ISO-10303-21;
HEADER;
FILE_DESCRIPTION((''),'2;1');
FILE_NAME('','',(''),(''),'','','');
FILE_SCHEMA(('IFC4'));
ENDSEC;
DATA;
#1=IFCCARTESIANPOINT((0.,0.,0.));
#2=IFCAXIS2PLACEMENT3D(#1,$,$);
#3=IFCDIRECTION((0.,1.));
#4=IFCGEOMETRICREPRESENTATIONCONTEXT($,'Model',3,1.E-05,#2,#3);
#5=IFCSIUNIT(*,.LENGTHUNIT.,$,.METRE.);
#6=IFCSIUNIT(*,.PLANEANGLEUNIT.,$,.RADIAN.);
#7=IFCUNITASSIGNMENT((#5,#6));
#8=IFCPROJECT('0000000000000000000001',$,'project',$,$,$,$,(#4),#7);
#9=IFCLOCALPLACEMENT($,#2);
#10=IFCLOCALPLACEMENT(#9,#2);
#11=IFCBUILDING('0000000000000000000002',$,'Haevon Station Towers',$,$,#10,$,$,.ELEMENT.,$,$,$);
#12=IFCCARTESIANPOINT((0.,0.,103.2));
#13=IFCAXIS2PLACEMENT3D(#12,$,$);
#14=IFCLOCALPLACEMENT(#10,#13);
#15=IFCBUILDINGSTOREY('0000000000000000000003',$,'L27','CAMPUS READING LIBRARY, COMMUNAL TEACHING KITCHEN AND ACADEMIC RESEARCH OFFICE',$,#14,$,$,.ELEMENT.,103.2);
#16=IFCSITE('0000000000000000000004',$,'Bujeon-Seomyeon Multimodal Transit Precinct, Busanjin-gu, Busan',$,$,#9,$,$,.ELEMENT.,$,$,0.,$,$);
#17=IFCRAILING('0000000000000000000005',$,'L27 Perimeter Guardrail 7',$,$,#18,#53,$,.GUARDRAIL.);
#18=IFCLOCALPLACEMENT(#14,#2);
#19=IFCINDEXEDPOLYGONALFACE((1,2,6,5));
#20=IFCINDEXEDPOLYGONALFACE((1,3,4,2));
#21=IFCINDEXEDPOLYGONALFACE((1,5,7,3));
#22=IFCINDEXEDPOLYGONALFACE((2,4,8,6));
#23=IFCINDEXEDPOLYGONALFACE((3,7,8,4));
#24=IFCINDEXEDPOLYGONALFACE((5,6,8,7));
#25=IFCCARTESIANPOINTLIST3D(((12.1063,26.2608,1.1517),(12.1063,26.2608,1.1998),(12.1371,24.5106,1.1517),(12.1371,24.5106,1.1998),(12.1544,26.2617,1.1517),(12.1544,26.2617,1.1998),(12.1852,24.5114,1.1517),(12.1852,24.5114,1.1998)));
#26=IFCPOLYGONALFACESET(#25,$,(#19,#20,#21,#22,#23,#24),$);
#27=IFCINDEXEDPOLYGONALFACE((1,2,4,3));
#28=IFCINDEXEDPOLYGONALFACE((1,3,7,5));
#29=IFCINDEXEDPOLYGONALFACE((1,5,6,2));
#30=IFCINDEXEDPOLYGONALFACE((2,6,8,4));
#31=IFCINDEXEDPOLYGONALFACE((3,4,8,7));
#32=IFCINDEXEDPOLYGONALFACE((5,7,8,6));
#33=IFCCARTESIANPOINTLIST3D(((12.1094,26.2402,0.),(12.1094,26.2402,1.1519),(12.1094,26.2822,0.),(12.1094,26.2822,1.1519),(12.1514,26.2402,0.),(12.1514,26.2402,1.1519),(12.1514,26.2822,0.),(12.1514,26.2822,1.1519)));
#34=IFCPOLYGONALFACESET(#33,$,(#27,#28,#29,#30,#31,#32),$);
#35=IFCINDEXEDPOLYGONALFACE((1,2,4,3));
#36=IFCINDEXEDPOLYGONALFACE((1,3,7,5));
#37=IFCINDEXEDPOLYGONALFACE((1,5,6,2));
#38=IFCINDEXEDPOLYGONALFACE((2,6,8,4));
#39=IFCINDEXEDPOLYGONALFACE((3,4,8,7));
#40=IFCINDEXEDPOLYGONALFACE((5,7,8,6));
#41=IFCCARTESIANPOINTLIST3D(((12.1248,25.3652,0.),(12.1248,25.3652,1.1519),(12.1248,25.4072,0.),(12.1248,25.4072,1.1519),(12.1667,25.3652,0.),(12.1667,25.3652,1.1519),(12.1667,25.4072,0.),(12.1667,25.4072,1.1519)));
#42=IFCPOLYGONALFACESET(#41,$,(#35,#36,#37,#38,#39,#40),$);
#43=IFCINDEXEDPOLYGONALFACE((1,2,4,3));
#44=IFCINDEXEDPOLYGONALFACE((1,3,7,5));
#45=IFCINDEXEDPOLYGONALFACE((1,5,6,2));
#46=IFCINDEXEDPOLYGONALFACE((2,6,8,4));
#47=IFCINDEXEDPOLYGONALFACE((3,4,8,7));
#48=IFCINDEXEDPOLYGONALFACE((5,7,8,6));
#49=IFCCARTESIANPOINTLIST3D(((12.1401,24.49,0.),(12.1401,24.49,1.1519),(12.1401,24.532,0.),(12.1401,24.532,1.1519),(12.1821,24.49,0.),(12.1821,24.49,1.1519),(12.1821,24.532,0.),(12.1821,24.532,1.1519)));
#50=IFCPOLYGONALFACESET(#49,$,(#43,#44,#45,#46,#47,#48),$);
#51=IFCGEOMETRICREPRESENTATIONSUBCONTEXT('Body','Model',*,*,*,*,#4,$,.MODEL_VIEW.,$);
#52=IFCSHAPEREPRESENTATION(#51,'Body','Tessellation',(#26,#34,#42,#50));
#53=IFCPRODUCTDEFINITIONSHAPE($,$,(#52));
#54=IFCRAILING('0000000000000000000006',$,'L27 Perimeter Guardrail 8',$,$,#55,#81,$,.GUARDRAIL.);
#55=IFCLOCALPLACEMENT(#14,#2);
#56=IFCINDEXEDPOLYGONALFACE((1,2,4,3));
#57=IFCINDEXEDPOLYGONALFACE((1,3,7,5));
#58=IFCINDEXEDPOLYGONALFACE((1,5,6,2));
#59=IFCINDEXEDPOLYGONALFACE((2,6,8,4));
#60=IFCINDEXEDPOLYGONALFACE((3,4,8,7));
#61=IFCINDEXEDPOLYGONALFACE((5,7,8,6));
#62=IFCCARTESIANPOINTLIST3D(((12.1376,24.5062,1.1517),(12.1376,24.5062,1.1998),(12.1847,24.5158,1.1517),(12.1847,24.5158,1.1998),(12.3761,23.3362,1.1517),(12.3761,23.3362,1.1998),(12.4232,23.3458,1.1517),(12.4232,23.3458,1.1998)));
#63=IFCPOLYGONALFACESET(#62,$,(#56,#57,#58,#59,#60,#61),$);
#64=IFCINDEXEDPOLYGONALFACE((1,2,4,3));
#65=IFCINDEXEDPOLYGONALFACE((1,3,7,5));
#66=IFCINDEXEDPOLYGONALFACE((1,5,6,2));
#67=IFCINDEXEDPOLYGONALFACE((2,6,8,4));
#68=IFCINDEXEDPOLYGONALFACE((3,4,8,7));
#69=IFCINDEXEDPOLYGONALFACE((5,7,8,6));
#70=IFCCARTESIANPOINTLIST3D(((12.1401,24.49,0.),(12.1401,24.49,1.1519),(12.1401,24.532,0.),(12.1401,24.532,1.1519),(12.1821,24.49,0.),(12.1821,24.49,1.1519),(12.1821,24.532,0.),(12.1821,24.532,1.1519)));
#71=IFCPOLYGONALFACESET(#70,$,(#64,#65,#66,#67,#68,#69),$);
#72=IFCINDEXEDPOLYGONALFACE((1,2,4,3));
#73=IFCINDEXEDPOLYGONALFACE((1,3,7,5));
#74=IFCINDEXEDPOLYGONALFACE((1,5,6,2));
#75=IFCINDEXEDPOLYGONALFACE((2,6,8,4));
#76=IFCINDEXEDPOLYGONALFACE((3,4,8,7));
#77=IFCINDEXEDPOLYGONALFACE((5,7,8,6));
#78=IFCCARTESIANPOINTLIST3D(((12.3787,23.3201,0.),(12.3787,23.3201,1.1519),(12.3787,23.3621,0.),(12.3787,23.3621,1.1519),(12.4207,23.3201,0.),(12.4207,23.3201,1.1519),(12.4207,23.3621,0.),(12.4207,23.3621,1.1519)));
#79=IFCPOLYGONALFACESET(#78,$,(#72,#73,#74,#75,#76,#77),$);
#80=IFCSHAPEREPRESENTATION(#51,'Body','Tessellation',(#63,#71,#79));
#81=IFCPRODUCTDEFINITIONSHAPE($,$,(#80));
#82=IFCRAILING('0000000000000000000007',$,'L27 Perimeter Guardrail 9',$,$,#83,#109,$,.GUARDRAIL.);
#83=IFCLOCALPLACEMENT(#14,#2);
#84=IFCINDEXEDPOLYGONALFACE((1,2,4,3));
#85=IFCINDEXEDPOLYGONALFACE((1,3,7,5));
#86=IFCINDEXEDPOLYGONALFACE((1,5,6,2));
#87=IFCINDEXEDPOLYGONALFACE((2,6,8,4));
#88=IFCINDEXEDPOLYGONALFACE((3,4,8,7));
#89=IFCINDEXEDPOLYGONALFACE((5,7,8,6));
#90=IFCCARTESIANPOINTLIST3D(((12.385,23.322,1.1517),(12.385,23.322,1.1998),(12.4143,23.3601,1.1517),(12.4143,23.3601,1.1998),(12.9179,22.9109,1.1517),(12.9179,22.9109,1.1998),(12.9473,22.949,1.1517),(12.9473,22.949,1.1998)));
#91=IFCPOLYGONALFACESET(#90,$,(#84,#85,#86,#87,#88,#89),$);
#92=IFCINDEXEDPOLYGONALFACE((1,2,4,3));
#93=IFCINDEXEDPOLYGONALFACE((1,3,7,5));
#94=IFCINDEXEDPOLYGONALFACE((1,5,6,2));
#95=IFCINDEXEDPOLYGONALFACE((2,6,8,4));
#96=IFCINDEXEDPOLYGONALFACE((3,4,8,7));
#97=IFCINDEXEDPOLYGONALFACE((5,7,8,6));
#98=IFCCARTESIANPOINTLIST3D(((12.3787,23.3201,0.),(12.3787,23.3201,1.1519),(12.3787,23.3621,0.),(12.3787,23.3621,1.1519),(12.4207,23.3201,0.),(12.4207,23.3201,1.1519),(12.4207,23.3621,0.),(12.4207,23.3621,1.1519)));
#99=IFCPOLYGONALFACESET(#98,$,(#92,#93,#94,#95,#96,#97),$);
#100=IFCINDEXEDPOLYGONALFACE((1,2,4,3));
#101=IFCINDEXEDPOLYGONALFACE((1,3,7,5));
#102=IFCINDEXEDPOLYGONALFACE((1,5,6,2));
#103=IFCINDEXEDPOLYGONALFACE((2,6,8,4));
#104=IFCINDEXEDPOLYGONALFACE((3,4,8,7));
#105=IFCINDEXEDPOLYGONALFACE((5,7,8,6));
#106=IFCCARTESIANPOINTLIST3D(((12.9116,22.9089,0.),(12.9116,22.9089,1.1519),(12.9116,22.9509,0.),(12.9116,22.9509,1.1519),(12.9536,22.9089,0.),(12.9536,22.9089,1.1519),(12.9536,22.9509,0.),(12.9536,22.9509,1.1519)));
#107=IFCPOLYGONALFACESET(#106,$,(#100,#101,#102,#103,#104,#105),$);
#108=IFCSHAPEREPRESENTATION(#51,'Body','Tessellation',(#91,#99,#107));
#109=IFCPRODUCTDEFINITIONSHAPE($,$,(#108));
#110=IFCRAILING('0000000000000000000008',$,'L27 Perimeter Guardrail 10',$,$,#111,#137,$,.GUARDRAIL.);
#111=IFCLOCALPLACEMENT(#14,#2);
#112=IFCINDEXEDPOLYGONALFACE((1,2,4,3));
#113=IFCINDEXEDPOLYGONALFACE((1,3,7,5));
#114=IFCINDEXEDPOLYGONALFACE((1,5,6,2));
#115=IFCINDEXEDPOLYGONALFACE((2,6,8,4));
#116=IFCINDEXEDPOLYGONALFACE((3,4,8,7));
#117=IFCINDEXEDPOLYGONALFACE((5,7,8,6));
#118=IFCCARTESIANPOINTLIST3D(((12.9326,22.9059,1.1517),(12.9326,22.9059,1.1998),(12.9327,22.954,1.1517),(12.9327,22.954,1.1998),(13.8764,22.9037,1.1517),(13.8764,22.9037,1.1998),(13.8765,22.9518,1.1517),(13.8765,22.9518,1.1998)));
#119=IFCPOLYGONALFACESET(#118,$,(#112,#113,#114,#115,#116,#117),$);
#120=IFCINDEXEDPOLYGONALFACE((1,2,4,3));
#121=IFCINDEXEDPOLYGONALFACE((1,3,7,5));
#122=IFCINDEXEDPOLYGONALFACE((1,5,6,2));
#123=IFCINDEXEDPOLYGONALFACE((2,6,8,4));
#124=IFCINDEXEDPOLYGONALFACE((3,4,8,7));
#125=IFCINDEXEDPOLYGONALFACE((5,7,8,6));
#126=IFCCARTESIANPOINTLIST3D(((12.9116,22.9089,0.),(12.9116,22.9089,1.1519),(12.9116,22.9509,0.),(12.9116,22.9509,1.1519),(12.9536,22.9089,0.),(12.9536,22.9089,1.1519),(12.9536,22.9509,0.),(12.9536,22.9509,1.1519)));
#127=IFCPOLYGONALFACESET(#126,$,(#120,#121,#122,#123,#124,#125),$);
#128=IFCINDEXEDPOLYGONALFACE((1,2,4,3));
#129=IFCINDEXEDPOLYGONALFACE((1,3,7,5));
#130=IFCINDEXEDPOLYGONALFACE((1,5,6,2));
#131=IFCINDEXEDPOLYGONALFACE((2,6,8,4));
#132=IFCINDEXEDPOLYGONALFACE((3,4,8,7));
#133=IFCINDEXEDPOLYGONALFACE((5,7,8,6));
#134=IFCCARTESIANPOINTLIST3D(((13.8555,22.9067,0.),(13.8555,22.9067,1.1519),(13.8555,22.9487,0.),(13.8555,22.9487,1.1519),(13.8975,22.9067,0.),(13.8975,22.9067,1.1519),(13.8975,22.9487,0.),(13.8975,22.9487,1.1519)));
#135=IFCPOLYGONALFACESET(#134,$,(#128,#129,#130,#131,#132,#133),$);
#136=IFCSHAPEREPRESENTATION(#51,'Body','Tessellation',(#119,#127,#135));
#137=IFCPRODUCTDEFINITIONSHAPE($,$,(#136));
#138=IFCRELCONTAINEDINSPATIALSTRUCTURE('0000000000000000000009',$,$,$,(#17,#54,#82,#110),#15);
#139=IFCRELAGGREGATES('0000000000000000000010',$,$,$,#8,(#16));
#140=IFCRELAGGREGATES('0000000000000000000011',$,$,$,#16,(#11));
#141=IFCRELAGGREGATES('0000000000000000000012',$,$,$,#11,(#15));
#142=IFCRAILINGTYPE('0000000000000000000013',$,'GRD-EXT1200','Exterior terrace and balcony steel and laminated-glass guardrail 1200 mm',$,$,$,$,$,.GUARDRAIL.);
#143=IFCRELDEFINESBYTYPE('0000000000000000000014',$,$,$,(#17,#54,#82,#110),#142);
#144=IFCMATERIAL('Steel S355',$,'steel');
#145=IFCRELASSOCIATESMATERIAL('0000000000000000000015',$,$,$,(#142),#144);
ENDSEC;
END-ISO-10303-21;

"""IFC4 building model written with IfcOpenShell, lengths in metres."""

from ifc_helpers import new_model, si_unit, direction, frame, origin, origin_2d, place, context, subcontext, project, spatial, rectangle, extrude, material, type_object, element, save


model = new_model("IFC4")

# Units and contexts
model_context = context("Model", 3, precision=1e-05, world=origin(), true_north=direction((0.0, 1.0)))
body_context = subcontext(model_context, "Body", "Model", "MODEL_VIEW")
ifc_project = project(units=[si_unit("LENGTHUNIT", "METRE"), si_unit("PLANEANGLEUNIT", "RADIAN")], contexts=[model_context])

# Site, building, storey
site_placement = place(None, origin())
site = spatial("IfcSite", under=ifc_project, at=site_placement, Name="Bujeon-Seomyeon Multimodal Transit Precinct, Busanjin-gu, Busan", CompositionType="ELEMENT", RefElevation=0.0)
building_placement = place(site_placement, origin())
building = spatial("IfcBuilding", under=site, at=building_placement, Name="Haevon Station Towers", CompositionType="ELEMENT")
storey_placement = place(building_placement, frame((0.0, 0.0, 103.2)))
storey = spatial("IfcBuildingStorey", under=building, at=storey_placement, Name="L27", Description="CAMPUS READING LIBRARY, COMMUNAL TEACHING KITCHEN AND ACADEMIC RESEARCH OFFICE", CompositionType="ELEMENT", Elevation=103.2)

# Shared definitions
ifc_material_1 = material(Name="Steel S355", Category="steel")

# Railings
railing_type = type_object("IfcRailingType", Name="GRD-EXT1200", Description="Exterior terrace and balcony steel and laminated-glass guardrail 1200 mm", PredefinedType="GUARDRAIL", material=ifc_material_1)
railing_1_placement = place(storey_placement, frame((12.1304, 26.2612, 0.0)))
element("IfcRailing", 1, at=railing_1_placement, inside=storey, type_object=railing_type, Name="L27 Perimeter Guardrail 7", PredefinedType="GUARDRAIL", context=body_context, shape_type="SweptSolid", body=[
    extrude(rectangle(XDim=0.0481, YDim=0.0481, at=origin_2d()), frame((0.0, 0.0, 1.1758), z_axis=(0.017573, -0.999846, 0.0), x_axis=(0.999846, 0.017573, 0.0)), (0.0, 0.0, 1.0), 1.7505),
    extrude(rectangle(XDim=0.042, YDim=0.042, at=origin_2d()), origin(), (0.0, 0.0, 1.0), 1.1519),
    extrude(rectangle(XDim=0.042, YDim=0.042, at=origin_2d()), frame((0.0154, -0.875, 0.0)), (0.0, 0.0, 1.0), 1.1519),
    extrude(rectangle(XDim=0.042, YDim=0.042, at=origin_2d()), frame((0.0308, -1.7502, 0.0)), (0.0, 0.0, 1.0), 1.1519),
])
railing_2_placement = place(storey_placement, frame((12.1611, 24.511, 0.0)))
element("IfcRailing", 2, at=railing_2_placement, inside=storey, type_object=railing_type, Name="L27 Perimeter Guardrail 8", PredefinedType="GUARDRAIL", context=body_context, shape_type="SweptSolid", body=[
    extrude(rectangle(XDim=0.0481, YDim=0.0481, at=origin_2d()), frame((0.0, 0.0, 1.1758), z_axis=(0.199772, -0.979842, 0.0), x_axis=(0.979842, 0.199772, 0.0)), (0.0, 0.0, 1.0), 1.1941),
    extrude(rectangle(XDim=0.042, YDim=0.042, at=origin_2d()), origin(), (0.0, 0.0, 1.0), 1.1519),
    extrude(rectangle(XDim=0.042, YDim=0.042, at=origin_2d()), frame((0.2385, -1.1699, 0.0)), (0.0, 0.0, 1.0), 1.1519),
])
railing_3_placement = place(storey_placement, frame((12.3997, 23.3411, 0.0)))
element("IfcRailing", 3, at=railing_3_placement, inside=storey, type_object=railing_type, Name="L27 Perimeter Guardrail 9", PredefinedType="GUARDRAIL", context=body_context, shape_type="SweptSolid", body=[
    extrude(rectangle(XDim=0.0481, YDim=0.0481, at=origin_2d()), frame((0.0, 0.0, 1.1758), z_axis=(0.791787, -0.610797, 0.0), x_axis=(0.610797, 0.791787, 0.0)), (0.0, 0.0, 1.0), 0.6731),
    extrude(rectangle(XDim=0.042, YDim=0.042, at=origin_2d()), origin(), (0.0, 0.0, 1.0), 1.1519),
    extrude(rectangle(XDim=0.042, YDim=0.042, at=origin_2d()), frame((0.533, -0.4111, 0.0)), (0.0, 0.0, 1.0), 1.1519),
])
railing_4_placement = place(storey_placement, frame((12.9326, 22.9299, 0.0)))
element("IfcRailing", 4, at=railing_4_placement, inside=storey, type_object=railing_type, Name="L27 Perimeter Guardrail 10", PredefinedType="GUARDRAIL", context=body_context, shape_type="SweptSolid", body=[
    extrude(rectangle(XDim=0.0481, YDim=0.0481, at=origin_2d()), frame((0.0, 0.0, 1.1758), z_axis=(0.999997, -0.002328, 0.0), x_axis=(0.002328, 0.999997, 0.0)), (0.0, 0.0, 1.0), 0.9438),
    extrude(rectangle(XDim=0.042, YDim=0.042, at=origin_2d()), origin(), (0.0, 0.0, 1.0), 1.1519),
    extrude(rectangle(XDim=0.042, YDim=0.042, at=origin_2d()), frame((0.9438, -0.0022, 0.0)), (0.0, 0.0, 1.0), 1.1519),
])

save(model, "model.ifc")
